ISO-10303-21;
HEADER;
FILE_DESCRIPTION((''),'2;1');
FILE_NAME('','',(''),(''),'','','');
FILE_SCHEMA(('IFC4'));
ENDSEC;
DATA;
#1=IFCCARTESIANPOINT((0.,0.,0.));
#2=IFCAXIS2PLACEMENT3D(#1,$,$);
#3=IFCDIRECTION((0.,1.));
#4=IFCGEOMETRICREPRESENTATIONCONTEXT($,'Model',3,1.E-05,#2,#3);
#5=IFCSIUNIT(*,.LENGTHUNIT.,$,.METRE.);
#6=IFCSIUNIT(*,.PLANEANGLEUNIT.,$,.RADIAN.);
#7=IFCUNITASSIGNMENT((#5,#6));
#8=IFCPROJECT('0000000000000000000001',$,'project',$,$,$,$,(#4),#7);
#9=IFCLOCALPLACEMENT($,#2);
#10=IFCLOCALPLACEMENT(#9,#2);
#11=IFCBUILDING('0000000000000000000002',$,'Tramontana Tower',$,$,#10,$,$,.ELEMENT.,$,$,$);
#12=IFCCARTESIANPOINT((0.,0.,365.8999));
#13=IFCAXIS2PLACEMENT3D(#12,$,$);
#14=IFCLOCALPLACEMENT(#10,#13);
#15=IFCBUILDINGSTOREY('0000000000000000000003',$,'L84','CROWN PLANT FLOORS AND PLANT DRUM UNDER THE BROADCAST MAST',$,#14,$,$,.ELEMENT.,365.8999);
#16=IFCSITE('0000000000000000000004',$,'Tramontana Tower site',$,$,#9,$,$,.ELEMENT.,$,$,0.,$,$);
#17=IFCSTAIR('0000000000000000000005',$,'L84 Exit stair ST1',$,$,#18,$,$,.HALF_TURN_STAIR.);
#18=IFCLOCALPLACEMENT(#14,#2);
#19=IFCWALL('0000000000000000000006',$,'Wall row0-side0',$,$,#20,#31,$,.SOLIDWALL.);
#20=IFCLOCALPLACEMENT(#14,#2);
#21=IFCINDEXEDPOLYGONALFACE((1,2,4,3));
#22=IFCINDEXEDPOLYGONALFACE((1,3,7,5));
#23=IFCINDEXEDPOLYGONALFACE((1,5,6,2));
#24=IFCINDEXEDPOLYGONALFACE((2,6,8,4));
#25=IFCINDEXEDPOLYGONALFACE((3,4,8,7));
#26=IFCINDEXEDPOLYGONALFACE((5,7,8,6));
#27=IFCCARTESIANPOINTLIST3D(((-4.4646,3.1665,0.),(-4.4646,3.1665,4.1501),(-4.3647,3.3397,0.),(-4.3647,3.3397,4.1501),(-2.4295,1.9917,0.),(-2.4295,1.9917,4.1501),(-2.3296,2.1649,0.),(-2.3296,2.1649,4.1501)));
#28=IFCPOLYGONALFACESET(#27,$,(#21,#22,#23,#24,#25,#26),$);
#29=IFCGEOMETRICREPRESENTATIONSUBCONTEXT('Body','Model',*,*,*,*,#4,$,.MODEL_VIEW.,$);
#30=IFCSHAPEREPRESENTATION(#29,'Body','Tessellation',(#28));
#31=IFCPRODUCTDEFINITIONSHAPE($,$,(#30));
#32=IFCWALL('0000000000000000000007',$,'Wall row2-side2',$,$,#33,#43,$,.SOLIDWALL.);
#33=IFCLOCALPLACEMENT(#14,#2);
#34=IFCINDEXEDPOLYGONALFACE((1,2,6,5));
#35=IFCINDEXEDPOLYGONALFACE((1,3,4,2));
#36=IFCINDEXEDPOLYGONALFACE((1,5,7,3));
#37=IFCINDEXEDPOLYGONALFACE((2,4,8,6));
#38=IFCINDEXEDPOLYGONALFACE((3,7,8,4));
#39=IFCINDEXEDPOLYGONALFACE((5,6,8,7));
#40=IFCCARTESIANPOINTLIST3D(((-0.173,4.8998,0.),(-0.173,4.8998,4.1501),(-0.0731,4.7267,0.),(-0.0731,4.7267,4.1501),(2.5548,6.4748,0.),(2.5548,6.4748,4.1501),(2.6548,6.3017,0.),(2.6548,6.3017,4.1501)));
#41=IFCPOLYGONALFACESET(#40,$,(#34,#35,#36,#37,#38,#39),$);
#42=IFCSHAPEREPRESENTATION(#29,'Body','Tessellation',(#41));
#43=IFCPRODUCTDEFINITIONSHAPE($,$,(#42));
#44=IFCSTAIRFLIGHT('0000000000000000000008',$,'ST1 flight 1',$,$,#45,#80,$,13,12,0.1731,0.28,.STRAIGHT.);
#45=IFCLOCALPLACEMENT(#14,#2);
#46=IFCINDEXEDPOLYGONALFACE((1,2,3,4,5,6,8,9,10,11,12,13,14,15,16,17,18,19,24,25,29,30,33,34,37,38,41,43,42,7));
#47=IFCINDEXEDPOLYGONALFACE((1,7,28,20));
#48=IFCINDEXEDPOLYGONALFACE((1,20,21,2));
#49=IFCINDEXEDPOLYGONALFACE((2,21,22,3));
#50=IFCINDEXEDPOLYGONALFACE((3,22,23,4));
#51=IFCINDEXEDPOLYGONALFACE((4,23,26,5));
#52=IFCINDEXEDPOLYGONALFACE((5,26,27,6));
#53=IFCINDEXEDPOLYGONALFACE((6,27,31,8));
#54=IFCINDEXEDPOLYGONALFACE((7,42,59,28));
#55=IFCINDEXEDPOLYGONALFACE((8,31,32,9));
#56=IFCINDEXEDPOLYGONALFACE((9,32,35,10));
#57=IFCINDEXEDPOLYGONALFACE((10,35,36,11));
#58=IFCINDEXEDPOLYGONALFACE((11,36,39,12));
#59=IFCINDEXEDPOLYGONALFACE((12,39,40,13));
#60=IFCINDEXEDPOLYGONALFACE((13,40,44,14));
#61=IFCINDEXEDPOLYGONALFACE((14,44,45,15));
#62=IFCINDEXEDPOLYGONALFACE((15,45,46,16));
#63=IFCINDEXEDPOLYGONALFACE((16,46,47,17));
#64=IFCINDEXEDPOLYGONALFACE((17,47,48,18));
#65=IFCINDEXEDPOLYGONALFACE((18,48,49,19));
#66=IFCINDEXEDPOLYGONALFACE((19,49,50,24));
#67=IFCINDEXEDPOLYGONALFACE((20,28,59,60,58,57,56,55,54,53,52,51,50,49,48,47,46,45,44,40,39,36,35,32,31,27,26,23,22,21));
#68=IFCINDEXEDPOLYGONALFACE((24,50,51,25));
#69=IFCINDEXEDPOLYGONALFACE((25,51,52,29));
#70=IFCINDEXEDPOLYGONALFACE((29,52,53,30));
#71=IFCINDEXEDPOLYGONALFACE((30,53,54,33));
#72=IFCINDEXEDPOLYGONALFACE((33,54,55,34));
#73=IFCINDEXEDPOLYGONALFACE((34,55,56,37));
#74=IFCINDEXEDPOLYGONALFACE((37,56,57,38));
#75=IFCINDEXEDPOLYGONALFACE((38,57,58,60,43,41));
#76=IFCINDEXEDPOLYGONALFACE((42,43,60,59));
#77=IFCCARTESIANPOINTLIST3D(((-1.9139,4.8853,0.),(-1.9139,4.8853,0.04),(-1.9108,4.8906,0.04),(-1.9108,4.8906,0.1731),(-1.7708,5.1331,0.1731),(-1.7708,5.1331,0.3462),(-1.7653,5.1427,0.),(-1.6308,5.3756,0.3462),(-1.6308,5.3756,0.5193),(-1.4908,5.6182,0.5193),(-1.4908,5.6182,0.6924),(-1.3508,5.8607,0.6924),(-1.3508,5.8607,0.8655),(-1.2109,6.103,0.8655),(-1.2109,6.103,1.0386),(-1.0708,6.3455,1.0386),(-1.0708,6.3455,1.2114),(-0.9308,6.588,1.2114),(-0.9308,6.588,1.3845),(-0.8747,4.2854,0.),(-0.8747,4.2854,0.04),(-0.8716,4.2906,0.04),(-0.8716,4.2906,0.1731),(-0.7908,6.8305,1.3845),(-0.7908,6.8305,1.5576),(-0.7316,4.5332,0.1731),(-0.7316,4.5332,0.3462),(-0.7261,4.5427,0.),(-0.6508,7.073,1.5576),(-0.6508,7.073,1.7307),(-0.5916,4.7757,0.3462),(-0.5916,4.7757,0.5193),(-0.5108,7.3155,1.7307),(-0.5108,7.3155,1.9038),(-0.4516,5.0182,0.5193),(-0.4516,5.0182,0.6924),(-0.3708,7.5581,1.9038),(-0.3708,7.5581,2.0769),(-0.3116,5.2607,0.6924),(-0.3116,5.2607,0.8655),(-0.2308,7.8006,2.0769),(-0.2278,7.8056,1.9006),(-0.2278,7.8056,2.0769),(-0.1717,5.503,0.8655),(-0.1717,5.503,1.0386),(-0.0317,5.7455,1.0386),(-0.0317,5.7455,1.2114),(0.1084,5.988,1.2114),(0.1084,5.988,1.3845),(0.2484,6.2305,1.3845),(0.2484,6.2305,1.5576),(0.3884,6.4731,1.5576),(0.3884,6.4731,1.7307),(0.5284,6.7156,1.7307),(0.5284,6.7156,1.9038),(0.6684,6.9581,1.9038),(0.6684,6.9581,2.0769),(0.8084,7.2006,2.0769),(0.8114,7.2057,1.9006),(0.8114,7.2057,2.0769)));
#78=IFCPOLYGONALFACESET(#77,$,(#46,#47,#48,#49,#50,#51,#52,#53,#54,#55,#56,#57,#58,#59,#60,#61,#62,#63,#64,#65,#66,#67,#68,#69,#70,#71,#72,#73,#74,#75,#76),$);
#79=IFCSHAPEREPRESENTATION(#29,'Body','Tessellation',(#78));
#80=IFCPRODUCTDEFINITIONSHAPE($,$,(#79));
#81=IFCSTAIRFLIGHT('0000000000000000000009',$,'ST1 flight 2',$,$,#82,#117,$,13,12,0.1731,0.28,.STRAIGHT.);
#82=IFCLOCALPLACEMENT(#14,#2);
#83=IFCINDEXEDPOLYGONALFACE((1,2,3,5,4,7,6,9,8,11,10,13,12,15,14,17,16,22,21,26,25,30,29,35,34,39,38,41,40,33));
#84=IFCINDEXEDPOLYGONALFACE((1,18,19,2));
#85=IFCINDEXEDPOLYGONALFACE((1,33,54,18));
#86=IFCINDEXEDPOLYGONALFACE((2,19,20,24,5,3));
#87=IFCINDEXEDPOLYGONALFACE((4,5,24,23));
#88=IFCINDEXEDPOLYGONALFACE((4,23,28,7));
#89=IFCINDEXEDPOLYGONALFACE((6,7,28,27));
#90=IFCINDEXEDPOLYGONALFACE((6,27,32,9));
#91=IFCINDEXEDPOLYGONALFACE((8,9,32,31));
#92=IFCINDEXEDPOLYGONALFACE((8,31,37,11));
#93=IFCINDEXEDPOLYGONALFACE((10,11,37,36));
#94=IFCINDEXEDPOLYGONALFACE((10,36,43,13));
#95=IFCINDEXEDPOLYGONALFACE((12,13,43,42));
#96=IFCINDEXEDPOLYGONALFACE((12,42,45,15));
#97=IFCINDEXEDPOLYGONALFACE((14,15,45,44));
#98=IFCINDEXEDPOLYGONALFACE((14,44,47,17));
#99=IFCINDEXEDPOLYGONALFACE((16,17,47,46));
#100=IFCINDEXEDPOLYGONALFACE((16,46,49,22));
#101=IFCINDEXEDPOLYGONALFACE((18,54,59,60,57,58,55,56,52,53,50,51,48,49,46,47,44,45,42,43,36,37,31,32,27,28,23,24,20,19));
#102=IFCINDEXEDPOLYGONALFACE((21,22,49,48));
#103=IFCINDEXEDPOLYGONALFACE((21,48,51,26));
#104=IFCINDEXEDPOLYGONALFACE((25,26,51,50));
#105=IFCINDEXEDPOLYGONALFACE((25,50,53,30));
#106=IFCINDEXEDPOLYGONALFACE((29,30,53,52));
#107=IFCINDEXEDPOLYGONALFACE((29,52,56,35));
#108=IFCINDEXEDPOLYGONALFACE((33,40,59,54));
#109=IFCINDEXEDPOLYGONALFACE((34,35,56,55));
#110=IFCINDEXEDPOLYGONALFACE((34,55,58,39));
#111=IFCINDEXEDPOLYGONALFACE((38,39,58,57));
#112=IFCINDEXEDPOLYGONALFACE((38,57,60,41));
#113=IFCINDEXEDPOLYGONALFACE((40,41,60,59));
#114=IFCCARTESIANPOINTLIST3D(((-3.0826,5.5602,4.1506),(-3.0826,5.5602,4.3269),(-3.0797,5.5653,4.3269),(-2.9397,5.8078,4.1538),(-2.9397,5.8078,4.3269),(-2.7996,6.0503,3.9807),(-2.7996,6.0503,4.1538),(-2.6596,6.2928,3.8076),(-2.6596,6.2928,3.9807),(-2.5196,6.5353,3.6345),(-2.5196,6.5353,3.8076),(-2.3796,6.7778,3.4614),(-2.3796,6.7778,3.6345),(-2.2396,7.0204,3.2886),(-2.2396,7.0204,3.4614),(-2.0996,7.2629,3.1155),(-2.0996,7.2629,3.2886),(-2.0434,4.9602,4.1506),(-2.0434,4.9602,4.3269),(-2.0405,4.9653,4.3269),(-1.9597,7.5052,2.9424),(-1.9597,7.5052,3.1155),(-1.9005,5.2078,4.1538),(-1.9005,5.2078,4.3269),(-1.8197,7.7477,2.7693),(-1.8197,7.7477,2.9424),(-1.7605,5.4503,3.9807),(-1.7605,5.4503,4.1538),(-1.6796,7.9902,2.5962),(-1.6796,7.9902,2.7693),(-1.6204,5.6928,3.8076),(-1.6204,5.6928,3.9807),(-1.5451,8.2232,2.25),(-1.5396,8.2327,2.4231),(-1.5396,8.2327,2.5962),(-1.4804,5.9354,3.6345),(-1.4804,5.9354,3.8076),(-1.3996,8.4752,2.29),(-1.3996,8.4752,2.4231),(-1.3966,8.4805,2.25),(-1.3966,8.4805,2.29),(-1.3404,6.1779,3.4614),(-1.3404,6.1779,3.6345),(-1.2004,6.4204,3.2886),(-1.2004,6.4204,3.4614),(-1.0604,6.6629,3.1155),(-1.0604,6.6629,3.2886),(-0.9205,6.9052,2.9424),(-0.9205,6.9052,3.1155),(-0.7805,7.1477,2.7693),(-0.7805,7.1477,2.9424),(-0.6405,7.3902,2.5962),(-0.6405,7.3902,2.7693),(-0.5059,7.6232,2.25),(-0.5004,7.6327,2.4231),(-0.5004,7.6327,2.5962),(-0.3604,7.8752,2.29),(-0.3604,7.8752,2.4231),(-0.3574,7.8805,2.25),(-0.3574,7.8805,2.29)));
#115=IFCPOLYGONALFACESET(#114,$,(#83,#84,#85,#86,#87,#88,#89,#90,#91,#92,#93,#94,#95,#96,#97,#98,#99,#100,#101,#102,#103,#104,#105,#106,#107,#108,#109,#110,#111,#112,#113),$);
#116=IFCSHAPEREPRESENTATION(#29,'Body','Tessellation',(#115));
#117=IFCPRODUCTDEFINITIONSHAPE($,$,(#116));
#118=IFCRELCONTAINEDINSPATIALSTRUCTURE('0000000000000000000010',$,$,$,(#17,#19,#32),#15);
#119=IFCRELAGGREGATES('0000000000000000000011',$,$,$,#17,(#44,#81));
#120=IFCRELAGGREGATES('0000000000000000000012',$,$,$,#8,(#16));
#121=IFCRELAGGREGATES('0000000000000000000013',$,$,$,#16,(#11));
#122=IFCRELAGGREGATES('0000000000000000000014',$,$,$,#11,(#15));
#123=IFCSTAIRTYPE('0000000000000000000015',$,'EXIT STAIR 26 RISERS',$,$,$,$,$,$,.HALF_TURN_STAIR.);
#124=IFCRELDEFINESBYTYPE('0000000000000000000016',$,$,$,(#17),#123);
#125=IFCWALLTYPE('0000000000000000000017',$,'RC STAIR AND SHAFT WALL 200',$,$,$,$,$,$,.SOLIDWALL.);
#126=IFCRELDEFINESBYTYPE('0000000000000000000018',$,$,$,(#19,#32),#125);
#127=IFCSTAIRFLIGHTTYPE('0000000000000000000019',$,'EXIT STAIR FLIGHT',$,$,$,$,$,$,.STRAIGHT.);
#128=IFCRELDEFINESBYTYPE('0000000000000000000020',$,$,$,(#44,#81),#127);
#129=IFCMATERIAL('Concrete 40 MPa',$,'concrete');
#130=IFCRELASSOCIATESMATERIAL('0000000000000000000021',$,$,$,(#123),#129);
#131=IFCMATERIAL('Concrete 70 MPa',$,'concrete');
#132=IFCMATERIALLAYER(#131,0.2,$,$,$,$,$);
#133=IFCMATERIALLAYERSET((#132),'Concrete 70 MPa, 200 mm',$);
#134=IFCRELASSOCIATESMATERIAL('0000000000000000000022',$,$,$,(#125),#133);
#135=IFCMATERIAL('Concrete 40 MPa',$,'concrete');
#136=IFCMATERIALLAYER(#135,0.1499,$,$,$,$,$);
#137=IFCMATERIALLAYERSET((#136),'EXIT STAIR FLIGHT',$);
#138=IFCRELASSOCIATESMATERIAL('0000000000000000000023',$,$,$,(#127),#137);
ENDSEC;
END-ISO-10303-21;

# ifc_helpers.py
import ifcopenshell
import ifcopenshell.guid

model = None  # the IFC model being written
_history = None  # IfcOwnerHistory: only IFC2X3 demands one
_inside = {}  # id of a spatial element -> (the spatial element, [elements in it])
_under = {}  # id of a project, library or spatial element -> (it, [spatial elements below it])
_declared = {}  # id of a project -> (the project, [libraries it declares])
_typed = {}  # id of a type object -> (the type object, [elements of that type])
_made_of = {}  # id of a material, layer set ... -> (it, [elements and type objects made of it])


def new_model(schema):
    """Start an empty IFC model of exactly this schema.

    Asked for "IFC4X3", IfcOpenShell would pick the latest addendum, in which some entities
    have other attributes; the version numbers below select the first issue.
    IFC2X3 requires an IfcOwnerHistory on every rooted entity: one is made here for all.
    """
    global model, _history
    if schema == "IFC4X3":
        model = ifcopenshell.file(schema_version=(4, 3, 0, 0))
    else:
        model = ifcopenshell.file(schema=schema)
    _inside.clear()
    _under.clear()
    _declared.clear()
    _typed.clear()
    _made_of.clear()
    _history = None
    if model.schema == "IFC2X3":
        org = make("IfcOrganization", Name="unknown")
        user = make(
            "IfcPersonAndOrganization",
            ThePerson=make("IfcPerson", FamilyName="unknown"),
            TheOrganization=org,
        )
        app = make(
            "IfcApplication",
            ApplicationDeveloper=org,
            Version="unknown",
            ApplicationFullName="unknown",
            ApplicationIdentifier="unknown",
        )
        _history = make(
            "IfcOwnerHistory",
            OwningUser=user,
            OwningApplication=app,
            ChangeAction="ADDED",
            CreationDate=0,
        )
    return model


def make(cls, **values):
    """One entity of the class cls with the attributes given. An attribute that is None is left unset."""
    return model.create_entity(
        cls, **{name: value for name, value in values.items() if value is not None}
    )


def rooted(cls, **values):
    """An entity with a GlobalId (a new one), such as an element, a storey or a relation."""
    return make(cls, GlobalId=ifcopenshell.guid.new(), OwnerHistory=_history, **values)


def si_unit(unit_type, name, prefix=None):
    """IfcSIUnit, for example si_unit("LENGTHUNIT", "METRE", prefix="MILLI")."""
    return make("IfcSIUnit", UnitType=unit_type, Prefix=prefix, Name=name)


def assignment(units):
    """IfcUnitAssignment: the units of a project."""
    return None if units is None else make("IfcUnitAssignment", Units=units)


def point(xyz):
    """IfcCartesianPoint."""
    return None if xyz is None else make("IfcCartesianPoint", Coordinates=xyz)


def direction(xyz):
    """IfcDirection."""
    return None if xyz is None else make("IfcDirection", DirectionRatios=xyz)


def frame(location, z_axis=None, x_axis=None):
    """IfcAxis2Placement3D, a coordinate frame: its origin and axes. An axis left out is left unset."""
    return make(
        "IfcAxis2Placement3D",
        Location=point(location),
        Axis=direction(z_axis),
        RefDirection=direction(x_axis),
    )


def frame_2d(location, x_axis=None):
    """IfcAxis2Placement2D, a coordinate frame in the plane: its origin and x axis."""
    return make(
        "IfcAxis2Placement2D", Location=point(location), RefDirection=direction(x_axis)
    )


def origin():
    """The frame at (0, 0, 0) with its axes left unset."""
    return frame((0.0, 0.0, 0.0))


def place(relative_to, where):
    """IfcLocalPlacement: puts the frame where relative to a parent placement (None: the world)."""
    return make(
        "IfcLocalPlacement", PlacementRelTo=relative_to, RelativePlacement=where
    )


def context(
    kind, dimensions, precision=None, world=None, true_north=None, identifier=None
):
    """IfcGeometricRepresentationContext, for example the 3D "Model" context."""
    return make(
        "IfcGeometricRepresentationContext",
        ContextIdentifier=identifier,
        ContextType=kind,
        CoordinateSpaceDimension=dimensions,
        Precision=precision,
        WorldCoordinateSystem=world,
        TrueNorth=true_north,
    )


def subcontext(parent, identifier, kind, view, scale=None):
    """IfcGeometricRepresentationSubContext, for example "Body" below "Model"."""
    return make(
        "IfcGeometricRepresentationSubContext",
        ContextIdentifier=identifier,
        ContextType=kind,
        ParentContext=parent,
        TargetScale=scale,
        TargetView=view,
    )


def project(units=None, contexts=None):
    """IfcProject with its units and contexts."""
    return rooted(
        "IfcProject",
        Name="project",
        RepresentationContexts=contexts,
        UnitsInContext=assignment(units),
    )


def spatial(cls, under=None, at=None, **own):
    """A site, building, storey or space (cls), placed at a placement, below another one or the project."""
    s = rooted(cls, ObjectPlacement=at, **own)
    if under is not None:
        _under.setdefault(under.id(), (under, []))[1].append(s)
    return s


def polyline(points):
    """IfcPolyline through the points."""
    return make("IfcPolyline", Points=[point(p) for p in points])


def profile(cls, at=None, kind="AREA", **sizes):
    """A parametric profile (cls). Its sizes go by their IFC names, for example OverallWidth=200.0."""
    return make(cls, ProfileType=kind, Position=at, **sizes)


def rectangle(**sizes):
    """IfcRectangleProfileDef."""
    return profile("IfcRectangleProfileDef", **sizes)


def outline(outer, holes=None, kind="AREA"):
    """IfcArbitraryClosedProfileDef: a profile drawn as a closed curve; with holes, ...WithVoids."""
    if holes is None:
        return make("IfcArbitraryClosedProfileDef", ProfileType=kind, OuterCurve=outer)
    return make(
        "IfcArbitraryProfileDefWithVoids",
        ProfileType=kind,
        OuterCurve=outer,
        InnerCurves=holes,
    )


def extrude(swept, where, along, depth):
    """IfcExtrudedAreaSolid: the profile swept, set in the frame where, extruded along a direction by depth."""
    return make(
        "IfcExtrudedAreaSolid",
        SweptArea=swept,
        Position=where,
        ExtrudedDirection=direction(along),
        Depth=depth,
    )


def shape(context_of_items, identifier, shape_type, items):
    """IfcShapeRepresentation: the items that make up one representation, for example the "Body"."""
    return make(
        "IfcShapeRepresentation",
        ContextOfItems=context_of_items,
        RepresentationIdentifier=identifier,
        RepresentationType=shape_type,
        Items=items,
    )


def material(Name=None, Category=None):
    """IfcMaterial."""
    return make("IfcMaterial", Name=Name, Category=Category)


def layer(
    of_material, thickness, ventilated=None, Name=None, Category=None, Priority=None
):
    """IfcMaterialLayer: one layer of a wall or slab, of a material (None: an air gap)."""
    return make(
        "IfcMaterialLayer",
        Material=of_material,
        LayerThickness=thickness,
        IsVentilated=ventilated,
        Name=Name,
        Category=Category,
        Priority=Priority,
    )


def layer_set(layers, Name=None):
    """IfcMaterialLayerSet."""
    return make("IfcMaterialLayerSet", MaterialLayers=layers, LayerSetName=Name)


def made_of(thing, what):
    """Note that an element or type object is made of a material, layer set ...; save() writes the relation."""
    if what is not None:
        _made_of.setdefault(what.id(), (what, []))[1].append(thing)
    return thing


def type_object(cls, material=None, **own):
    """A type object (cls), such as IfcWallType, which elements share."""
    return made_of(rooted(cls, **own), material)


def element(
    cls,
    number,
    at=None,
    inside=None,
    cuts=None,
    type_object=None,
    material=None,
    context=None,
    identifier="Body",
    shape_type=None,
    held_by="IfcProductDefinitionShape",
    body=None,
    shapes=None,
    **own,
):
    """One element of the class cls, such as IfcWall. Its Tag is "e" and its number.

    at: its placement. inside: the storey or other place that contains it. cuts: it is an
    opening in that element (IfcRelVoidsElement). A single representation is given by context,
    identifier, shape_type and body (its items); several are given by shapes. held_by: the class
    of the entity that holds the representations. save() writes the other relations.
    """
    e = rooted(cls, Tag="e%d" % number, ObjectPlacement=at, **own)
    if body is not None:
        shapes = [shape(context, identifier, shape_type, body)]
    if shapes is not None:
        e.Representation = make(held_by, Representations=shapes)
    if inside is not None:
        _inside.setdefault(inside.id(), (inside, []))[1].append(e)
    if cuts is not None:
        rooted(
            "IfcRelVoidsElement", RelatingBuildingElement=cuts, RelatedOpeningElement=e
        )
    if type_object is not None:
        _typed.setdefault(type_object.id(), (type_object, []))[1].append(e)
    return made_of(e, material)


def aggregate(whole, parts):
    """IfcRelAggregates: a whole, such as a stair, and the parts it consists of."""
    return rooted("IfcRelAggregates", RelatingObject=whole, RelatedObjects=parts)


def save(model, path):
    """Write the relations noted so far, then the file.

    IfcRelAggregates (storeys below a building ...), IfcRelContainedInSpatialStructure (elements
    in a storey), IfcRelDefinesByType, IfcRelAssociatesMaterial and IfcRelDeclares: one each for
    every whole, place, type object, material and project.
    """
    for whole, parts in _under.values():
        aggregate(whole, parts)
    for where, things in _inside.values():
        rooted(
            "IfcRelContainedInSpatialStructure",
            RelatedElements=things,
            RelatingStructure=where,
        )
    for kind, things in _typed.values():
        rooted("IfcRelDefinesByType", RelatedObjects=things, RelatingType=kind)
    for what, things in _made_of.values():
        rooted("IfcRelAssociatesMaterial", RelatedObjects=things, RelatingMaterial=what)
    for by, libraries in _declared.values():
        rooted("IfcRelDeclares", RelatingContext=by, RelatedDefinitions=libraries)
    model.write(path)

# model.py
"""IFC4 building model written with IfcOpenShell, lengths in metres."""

from ifc_helpers import new_model, si_unit, direction, frame, frame_2d, origin, place, context, subcontext, project, spatial, polyline, rectangle, outline, extrude, material, layer, layer_set, type_object, element, aggregate, save


model = new_model("IFC4")

# Units and contexts
model_context = context("Model", 3, precision=1e-05, world=origin(), true_north=direction((0.0, 1.0)))
body_context = subcontext(model_context, "Body", "Model", "MODEL_VIEW")
ifc_project = project(units=[si_unit("LENGTHUNIT", "METRE"), si_unit("PLANEANGLEUNIT", "RADIAN")], contexts=[model_context])

# Site, building, storey
site_placement = place(None, origin())
site = spatial("IfcSite", under=ifc_project, at=site_placement, Name="Tramontana Tower site", CompositionType="ELEMENT", RefElevation=0.0)
building_placement = place(site_placement, origin())
building = spatial("IfcBuilding", under=site, at=building_placement, Name="Tramontana Tower", CompositionType="ELEMENT")
storey_placement = place(building_placement, frame((0.0, 0.0, 365.8999)))
storey = spatial("IfcBuildingStorey", under=building, at=storey_placement, Name="L84", Description="CROWN PLANT FLOORS AND PLANT DRUM UNDER THE BROADCAST MAST", CompositionType="ELEMENT", Elevation=365.8999)

# Stair
ifc_material_1 = material(Name="Concrete 40 MPa", Category="concrete")
stair_type = type_object("IfcStairType", Name="EXIT STAIR 26 RISERS", PredefinedType="HALF_TURN_STAIR", material=ifc_material_1)
stair_placement = place(storey_placement, origin())
stair = element("IfcStair", 1, at=stair_placement, inside=storey, type_object=stair_type, Name="L84 Exit stair ST1", PredefinedType="HALF_TURN_STAIR")

# Shared definitions
ifc_material_2 = material(Name="Concrete 70 MPa", Category="concrete")
ifc_layer_1 = layer(ifc_material_2, 0.2)
ifc_layer_set_1 = layer_set([ifc_layer_1], Name="Concrete 70 MPa, 200 mm")
wall_type_1 = type_object("IfcWallType", Name="RC STAIR AND SHAFT WALL 200", PredefinedType="SOLIDWALL", material=ifc_layer_set_1)

# Walls
wall_1_placement = place(storey_placement, frame((-2.3796, 2.0784, 0.0), z_axis=(0.0, 0.0, 1.0), x_axis=(-0.866061, 0.499938, 0.0)))
element("IfcWall", 2, at=wall_1_placement, inside=storey, type_object=wall_type_1, Name="Wall row0-side0", PredefinedType="SOLIDWALL", context=body_context, shape_type="SweptSolid", body=[
    extrude(rectangle(XDim=2.3499, YDim=0.2, at=frame_2d((1.1748, 0.0))), origin(), (0.0, 0.0, 1.0), 4.1501),
])
wall_2_placement = place(storey_placement, frame((-0.123, 4.8132, 0.0), z_axis=(0.0, 0.0, 1.0), x_axis=(0.866016, 0.500015, 0.0)))
element("IfcWall", 3, at=wall_2_placement, inside=storey, type_object=wall_type_1, Name="Wall row2-side2", PredefinedType="SOLIDWALL", context=body_context, shape_type="SweptSolid", body=[
    extrude(rectangle(XDim=3.1499, YDim=0.2, at=frame_2d((1.575, 0.0))), origin(), (0.0, 0.0, 1.0), 4.1501),
])

# Stair flights
ifc_material_3 = material(Name="Concrete 40 MPa", Category="concrete")
ifc_layer_2 = layer(ifc_material_3, 0.1499)
ifc_layer_set_2 = layer_set([ifc_layer_2], Name="EXIT STAIR FLIGHT")
stair_flight_type = type_object("IfcStairFlightType", Name="EXIT STAIR FLIGHT", PredefinedType="STRAIGHT", material=ifc_layer_set_2)
stair_flight_1_placement = place(storey_placement, frame((-1.3911, 4.5906, 0.0), z_axis=(0.0, 0.0, 1.0), x_axis=(0.5, 0.866025, 0.0)))
stair_flight_1 = element("IfcStairFlight", 4, at=stair_flight_1_placement, type_object=stair_flight_type, Name="ST1 flight 1", NumberOfRisers=13, NumberOfTreads=12, PredefinedType="STRAIGHT", RiserHeight=0.1731, TreadLength=0.28, context=body_context, shape_type="SweptSolid", body=[
    extrude(outline(polyline([(-0.0061, 0.0), (-0.0061, 0.04), (0.0, 0.04), (0.0, 0.1731), (0.28, 0.1731), (0.28, 0.3462), (0.5601, 0.3462), (0.5601, 0.5193), (0.8401, 0.5193), (0.8401, 0.6924), (1.1201, 0.6924), (1.1201, 0.8655), (1.3999, 0.8655), (1.3999, 1.0386), (1.6799, 1.0386), (1.6799, 1.2114), (1.96, 1.2114), (1.96, 1.3845), (2.24, 1.3845), (2.24, 1.5576), (2.52, 1.5576), (2.52, 1.7307), (2.8, 1.7307), (2.8, 1.9038), (3.0801, 1.9038), (3.0801, 2.0769), (3.3601, 2.0769), (3.366, 2.0769), (3.366, 1.9006), (0.291, 0.0), (-0.0061, 0.0)])), frame((0.0, 0.6001, 0.0), z_axis=(0.0, -1.0, 0.0), x_axis=(1.0, 0.0, 0.0)), (0.0, 0.0, 1.0), 1.2),
])
stair_flight_2_placement = place(storey_placement, frame((-0.8801, 8.1753, 2.25), z_axis=(0.0, 0.0, 1.0), x_axis=(-0.5, -0.866025, 0.0)))
stair_flight_2 = element("IfcStairFlight", 5, at=stair_flight_2_placement, type_object=stair_flight_type, Name="ST1 flight 2", NumberOfRisers=13, NumberOfTreads=12, PredefinedType="STRAIGHT", RiserHeight=0.1731, TreadLength=0.28, context=body_context, shape_type="SweptSolid", body=[
    extrude(outline(polyline([(-0.0061, 0.0), (-0.0061, 0.04), (0.0, 0.04), (0.0, 0.1731), (0.28, 0.1731), (0.28, 0.3462), (0.5601, 0.3462), (0.5601, 0.5193), (0.8401, 0.5193), (0.8401, 0.6924), (1.1201, 0.6924), (1.1201, 0.8655), (1.3999, 0.8655), (1.3999, 1.0386), (1.6799, 1.0386), (1.6799, 1.2114), (1.96, 1.2114), (1.96, 1.3845), (2.24, 1.3845), (2.24, 1.5576), (2.52, 1.5576), (2.52, 1.7307), (2.8, 1.7307), (2.8, 1.9038), (3.0801, 1.9038), (3.0801, 2.0769), (3.3601, 2.0769), (3.366, 2.0769), (3.366, 1.9006), (0.291, 0.0), (-0.0061, 0.0)])), frame((0.0, 0.6001, 0.0), z_axis=(0.0, -1.0, 0.0), x_axis=(1.0, 0.0, 0.0)), (0.0, 0.0, 1.0), 1.2),
])
aggregate(stair, [stair_flight_1, stair_flight_2])

save(model, "model.ifc")
